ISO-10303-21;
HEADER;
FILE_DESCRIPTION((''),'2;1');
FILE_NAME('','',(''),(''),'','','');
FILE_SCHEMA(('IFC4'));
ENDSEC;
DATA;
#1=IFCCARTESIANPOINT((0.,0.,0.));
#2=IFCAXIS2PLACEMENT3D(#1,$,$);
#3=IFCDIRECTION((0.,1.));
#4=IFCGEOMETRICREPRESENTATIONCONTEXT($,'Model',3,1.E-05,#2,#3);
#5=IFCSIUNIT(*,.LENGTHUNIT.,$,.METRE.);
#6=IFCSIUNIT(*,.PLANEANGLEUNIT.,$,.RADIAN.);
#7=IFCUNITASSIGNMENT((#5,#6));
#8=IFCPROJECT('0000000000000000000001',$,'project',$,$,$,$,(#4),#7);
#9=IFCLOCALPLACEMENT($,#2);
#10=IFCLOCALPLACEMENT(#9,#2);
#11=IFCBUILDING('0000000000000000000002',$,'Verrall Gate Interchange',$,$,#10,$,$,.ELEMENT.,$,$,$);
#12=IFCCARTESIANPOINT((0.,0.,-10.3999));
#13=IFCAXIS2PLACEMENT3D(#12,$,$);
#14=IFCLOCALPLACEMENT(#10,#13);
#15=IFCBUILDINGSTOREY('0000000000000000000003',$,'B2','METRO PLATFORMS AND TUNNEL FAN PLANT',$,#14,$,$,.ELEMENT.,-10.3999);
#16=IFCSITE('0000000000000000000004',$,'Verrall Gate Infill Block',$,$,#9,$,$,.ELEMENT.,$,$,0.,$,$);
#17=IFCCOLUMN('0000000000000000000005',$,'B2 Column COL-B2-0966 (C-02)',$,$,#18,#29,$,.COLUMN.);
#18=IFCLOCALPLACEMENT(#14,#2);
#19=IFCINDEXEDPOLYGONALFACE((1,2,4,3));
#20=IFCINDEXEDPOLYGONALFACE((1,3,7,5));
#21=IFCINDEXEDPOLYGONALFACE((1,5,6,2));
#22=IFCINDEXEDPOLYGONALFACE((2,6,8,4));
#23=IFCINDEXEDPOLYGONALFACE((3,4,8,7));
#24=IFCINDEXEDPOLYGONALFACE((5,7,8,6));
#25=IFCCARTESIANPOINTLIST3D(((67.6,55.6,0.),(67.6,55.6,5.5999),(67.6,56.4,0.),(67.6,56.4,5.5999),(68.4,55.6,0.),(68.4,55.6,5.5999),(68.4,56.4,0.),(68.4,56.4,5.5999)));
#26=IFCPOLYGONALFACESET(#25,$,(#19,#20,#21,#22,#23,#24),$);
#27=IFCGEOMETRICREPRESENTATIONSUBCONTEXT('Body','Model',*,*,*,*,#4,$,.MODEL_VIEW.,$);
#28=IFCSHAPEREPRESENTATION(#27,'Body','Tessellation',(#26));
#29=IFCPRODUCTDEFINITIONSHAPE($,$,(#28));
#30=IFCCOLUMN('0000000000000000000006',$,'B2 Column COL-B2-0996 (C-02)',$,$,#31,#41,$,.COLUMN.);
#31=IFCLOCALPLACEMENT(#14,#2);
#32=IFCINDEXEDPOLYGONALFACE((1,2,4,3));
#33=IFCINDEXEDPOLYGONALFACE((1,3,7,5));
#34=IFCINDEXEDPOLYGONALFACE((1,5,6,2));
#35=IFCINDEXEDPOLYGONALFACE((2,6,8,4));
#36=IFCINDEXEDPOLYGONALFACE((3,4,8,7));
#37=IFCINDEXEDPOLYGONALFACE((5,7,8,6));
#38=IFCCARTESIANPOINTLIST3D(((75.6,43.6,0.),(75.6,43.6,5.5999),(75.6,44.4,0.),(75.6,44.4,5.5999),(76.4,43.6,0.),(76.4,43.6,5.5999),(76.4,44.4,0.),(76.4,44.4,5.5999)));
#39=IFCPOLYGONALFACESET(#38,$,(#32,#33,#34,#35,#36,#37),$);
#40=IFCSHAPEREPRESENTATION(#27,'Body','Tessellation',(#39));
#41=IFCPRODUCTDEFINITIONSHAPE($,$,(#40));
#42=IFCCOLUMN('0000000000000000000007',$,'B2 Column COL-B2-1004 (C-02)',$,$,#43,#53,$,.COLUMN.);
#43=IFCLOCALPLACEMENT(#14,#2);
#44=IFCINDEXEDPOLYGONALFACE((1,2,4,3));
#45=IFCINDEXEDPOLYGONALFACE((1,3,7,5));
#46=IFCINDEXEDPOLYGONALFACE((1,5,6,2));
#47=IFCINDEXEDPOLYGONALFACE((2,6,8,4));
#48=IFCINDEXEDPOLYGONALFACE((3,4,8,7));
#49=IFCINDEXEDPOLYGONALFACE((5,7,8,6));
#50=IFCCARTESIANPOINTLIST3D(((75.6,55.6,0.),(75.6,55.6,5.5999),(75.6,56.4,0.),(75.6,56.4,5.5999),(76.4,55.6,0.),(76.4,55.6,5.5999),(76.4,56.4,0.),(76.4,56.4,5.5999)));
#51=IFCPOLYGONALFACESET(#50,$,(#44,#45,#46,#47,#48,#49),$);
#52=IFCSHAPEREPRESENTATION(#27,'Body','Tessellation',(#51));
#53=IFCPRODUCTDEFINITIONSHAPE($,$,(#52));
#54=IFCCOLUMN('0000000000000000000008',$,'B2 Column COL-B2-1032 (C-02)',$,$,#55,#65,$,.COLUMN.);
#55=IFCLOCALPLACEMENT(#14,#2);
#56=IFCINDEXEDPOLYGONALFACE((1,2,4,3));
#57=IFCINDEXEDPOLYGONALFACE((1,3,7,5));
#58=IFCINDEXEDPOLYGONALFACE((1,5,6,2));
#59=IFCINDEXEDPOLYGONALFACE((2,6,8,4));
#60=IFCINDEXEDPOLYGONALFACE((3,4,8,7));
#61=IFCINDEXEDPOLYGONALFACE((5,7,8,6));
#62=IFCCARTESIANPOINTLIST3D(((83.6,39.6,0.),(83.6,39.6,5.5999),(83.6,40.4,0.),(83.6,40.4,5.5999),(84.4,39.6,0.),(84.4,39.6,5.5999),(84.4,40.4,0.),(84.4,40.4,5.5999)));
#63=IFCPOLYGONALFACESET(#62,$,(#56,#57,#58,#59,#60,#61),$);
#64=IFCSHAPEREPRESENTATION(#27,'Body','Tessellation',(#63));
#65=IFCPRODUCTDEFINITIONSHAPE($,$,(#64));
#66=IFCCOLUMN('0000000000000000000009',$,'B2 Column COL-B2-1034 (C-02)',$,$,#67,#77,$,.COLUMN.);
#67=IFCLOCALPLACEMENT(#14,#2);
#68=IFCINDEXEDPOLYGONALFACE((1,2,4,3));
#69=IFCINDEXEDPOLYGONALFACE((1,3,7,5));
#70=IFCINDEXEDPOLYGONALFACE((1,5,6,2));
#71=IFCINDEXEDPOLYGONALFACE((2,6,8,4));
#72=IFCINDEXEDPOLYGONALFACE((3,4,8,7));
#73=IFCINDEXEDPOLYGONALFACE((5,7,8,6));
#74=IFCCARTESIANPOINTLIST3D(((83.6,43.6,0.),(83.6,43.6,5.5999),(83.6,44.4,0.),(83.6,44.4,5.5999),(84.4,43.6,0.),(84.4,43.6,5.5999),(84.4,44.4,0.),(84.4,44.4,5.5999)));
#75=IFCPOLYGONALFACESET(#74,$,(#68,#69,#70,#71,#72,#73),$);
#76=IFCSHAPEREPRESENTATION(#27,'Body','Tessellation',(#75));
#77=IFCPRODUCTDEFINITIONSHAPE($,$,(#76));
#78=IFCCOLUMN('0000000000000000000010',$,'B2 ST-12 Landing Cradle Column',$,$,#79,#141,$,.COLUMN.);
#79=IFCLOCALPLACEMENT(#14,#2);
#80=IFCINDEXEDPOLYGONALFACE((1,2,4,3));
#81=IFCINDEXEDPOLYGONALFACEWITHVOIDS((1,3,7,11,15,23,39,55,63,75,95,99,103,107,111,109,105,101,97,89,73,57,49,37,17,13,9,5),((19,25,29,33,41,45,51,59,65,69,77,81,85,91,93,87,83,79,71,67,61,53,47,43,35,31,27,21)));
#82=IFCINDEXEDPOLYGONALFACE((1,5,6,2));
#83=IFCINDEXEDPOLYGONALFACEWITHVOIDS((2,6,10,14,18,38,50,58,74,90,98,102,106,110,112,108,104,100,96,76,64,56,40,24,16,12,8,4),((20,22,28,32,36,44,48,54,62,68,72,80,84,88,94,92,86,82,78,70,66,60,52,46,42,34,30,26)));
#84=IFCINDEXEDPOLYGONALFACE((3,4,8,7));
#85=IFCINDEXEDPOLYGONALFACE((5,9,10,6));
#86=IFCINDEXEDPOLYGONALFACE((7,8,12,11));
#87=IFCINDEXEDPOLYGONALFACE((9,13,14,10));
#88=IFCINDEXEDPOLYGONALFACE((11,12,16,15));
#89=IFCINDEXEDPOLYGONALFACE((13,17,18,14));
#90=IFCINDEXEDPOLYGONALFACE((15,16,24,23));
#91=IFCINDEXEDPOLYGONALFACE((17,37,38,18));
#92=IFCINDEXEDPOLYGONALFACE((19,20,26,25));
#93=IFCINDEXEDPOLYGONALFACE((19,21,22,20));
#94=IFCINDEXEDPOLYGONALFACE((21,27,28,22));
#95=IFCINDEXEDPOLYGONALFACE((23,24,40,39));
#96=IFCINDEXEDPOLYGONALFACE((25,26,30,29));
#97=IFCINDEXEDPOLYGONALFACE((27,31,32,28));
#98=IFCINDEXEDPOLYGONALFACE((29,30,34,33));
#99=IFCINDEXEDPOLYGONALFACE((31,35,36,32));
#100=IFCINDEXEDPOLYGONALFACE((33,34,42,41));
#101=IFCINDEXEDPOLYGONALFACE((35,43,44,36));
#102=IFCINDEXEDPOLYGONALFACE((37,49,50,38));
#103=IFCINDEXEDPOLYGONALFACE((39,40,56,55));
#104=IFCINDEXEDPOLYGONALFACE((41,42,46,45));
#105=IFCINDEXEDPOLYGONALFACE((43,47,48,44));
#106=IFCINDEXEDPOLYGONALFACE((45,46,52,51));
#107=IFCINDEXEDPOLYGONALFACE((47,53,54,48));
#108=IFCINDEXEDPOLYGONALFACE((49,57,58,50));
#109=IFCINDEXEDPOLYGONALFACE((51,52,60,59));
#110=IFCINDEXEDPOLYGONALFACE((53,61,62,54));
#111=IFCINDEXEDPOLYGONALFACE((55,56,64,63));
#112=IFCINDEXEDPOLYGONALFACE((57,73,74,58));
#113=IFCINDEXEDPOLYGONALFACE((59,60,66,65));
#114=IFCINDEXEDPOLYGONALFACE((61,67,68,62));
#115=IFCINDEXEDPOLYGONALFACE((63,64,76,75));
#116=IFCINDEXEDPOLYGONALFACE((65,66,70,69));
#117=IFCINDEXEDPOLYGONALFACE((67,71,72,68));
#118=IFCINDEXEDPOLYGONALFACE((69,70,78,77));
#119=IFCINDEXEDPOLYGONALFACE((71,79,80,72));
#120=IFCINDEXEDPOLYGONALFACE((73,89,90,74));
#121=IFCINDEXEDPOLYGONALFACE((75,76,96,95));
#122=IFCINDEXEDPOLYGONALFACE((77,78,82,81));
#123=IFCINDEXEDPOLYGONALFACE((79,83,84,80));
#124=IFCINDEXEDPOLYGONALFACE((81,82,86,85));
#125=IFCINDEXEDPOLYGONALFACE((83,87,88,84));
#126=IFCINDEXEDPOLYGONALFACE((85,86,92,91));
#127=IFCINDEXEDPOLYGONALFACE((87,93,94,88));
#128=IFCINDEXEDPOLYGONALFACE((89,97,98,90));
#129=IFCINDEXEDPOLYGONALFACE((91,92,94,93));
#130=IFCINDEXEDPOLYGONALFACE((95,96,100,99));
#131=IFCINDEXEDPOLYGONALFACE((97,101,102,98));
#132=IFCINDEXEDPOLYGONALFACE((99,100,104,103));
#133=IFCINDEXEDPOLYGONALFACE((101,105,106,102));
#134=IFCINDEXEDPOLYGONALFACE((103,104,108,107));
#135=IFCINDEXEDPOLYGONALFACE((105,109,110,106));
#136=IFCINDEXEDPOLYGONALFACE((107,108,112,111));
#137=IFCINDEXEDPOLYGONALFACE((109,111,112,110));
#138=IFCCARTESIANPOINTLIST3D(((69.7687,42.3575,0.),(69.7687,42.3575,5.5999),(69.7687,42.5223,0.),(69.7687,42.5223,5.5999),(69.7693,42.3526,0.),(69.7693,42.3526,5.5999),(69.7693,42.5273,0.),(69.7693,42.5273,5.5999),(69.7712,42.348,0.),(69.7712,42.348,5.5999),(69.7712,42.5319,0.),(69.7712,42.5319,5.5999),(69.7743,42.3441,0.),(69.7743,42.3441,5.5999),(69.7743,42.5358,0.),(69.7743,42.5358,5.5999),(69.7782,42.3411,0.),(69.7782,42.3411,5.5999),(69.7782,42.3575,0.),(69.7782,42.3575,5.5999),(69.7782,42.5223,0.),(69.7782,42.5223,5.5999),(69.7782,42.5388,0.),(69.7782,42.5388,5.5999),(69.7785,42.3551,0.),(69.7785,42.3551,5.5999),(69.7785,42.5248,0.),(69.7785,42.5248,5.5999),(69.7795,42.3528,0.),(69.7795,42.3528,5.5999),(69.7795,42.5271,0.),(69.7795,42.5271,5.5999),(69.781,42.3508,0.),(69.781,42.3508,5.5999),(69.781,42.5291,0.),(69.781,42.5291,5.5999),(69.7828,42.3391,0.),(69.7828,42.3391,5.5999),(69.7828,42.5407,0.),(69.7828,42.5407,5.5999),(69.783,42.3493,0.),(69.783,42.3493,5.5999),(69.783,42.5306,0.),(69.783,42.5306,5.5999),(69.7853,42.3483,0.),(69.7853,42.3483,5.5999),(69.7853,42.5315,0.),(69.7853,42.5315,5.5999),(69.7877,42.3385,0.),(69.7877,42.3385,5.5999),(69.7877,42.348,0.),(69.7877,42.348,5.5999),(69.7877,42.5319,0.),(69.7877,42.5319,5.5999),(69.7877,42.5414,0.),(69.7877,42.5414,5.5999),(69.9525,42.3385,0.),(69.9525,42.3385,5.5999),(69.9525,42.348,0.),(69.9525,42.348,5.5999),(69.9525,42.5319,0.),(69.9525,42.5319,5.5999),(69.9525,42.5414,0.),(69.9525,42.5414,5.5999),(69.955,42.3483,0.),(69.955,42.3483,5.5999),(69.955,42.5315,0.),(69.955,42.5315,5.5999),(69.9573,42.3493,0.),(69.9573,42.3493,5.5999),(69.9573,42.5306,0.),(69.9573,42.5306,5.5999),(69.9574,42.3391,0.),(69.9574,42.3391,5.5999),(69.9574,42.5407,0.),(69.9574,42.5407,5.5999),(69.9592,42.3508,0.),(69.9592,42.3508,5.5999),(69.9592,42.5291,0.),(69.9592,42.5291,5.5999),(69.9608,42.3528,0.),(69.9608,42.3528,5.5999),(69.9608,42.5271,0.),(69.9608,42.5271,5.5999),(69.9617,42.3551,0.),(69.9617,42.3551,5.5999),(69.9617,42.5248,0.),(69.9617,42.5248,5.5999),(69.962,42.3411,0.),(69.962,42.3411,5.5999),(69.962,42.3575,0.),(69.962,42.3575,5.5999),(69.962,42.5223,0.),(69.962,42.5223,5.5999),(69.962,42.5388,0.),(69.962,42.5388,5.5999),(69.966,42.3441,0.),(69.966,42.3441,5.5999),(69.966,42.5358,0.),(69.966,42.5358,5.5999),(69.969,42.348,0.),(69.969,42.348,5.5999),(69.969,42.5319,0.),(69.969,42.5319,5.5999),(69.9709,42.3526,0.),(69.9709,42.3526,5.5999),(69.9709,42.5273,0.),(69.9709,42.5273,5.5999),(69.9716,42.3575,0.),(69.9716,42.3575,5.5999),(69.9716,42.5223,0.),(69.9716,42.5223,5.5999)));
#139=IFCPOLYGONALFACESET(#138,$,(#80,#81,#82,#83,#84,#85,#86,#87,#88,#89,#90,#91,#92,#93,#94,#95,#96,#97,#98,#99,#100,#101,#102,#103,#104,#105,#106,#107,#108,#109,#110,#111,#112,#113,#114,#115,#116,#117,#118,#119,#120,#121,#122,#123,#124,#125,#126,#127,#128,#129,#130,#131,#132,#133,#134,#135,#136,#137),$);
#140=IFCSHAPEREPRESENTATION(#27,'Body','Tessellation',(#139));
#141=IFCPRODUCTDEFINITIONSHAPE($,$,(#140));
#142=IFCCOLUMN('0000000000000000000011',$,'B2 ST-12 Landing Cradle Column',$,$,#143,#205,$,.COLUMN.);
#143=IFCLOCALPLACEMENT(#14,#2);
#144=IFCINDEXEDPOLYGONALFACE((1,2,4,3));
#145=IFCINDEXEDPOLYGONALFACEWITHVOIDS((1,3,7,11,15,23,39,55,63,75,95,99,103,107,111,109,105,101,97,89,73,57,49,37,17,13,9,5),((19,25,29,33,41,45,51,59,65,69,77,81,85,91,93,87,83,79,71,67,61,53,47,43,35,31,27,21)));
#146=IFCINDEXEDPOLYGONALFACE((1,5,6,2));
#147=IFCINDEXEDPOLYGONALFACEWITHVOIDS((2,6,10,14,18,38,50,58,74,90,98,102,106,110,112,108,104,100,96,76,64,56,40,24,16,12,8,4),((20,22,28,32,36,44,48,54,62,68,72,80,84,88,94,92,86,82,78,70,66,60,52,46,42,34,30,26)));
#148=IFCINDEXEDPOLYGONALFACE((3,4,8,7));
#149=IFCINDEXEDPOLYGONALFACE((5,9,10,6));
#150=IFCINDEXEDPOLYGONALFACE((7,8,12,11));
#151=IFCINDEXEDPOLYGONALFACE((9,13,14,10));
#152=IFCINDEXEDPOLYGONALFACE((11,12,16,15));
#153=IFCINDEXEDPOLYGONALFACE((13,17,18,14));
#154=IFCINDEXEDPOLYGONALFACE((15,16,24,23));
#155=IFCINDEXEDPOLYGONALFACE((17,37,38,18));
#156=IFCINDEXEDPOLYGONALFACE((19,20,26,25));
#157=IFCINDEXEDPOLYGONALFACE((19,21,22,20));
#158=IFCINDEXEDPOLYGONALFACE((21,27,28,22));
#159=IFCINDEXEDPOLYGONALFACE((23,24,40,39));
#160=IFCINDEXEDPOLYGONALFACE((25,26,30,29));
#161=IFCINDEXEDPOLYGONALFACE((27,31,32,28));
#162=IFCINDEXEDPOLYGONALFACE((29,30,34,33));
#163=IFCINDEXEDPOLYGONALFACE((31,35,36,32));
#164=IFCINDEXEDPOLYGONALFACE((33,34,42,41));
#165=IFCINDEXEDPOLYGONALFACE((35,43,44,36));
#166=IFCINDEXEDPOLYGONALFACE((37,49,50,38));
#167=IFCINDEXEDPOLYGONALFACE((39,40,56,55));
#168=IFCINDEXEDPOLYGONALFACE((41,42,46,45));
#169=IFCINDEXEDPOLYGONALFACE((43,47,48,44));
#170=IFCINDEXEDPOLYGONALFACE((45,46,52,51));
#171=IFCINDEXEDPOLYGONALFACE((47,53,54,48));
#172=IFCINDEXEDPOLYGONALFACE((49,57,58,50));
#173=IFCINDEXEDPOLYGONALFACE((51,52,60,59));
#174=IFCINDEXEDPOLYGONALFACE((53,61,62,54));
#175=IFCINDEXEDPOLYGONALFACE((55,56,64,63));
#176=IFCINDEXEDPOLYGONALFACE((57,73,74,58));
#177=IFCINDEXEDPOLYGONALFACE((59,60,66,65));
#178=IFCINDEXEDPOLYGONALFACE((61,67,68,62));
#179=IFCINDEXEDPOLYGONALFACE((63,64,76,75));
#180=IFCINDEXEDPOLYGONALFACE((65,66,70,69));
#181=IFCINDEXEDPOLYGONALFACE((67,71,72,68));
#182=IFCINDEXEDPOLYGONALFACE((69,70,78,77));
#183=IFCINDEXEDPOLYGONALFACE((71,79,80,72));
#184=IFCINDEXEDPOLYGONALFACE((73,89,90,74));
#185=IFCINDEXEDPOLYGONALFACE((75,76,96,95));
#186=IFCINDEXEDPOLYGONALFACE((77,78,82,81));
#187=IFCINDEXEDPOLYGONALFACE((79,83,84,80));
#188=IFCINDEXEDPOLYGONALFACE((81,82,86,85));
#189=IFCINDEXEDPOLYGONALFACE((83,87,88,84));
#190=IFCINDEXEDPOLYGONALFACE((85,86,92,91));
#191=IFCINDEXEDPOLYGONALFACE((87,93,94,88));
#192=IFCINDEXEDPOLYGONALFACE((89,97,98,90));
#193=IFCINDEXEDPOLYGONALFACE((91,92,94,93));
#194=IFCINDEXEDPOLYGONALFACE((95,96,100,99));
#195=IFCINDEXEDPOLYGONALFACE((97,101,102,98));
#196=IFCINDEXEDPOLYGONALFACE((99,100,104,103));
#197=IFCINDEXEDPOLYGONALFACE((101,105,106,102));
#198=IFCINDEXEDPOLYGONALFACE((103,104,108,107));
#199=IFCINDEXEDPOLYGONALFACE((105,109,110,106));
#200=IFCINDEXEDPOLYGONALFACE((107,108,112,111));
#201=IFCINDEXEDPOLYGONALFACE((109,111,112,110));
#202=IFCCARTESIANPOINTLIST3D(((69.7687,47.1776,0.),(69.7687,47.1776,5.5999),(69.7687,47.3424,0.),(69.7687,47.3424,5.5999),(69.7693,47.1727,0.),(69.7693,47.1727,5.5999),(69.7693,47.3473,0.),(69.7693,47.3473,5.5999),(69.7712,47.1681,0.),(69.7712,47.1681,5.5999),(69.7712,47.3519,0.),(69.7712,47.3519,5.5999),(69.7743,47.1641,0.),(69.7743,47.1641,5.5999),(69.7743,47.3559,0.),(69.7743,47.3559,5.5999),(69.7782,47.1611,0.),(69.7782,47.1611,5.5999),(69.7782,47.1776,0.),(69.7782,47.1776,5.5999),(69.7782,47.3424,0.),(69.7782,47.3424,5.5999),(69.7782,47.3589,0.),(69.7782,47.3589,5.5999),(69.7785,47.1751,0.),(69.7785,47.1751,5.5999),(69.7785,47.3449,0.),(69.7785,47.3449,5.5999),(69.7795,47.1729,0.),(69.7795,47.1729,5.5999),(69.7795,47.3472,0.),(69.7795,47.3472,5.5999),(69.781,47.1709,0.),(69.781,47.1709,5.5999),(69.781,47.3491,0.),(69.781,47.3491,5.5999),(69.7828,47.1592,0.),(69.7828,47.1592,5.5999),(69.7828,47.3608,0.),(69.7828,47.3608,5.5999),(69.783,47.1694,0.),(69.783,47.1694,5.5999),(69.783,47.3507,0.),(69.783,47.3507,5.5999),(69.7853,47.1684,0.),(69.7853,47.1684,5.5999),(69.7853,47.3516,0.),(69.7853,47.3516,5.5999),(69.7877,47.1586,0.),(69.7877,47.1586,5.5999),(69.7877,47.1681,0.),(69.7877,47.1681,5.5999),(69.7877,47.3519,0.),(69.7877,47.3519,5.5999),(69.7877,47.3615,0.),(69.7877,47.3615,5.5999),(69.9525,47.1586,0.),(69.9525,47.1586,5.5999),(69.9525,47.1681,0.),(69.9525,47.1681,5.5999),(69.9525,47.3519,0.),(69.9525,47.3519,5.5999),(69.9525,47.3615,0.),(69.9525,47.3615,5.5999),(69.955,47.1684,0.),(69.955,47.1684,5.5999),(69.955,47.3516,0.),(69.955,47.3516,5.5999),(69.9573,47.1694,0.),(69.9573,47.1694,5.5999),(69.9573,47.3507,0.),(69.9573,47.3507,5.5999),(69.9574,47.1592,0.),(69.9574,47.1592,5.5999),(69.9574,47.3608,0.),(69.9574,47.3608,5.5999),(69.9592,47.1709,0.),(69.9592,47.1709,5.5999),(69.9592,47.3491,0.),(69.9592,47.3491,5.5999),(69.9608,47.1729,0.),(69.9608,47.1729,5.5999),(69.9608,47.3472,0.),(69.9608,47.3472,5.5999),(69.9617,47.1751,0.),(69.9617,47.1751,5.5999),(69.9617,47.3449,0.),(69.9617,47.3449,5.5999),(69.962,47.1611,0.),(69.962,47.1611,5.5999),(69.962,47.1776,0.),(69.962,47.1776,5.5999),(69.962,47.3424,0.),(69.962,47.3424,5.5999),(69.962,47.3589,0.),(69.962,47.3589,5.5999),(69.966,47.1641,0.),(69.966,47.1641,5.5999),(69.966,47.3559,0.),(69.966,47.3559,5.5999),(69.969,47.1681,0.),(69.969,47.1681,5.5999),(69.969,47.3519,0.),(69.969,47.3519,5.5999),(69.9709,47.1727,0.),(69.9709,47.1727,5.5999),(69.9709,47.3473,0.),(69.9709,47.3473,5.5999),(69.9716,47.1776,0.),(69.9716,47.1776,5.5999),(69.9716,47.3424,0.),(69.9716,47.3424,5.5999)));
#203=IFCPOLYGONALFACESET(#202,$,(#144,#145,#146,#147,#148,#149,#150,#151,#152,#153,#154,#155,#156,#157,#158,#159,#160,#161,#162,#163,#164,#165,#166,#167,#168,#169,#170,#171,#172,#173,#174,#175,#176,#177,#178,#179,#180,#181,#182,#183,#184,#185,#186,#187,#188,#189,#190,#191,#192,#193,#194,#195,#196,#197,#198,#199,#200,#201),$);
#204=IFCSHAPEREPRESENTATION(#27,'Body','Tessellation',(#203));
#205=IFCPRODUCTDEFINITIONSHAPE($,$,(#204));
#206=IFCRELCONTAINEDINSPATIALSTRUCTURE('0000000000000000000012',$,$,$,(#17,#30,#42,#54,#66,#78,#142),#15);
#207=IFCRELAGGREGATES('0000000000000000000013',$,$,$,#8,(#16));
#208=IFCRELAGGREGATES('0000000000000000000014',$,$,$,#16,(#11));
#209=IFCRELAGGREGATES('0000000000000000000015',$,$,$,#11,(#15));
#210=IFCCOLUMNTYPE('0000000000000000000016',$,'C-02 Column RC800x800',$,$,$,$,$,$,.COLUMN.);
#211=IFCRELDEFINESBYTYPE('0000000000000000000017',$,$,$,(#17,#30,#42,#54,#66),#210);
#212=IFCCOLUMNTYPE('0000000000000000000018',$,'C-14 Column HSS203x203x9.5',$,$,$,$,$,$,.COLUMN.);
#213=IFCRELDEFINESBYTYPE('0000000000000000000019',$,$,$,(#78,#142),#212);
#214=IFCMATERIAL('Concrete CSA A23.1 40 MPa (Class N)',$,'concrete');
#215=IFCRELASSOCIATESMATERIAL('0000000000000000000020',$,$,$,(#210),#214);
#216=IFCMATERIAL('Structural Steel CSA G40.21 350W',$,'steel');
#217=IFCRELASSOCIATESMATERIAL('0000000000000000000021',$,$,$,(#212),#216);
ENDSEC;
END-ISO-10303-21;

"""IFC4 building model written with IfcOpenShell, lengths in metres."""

from ifc_helpers import new_model, si_unit, direction, frame, origin, origin_2d, place, context, subcontext, project, spatial, rectangle, hollow_rectangle, extrude, material, material_profile, profile_set, type_object, element, save


model = new_model("IFC4")

# Units and contexts
model_context = context("Model", 3, precision=1e-05, world=origin(), true_north=direction((0.0, 1.0)))
body_context = subcontext(model_context, "Body", "Model", "MODEL_VIEW")
ifc_project = project(units=[si_unit("LENGTHUNIT", "METRE"), si_unit("PLANEANGLEUNIT", "RADIAN")], contexts=[model_context])

# Site, building, storey
site_placement = place(None, origin())
site = spatial("IfcSite", under=ifc_project, at=site_placement, Name="Verrall Gate Infill Block", CompositionType="ELEMENT", RefElevation=0.0)
building_placement = place(site_placement, origin())
building = spatial("IfcBuilding", under=site, at=building_placement, Name="Verrall Gate Interchange", CompositionType="ELEMENT")
storey_placement = place(building_placement, frame((0.0, 0.0, -10.3999)))
storey = spatial("IfcBuildingStorey", under=building, at=storey_placement, Name="B2", Description="METRO PLATFORMS AND TUNNEL FAN PLANT", CompositionType="ELEMENT", Elevation=-10.3999)

# Columns
ifc_material_1 = material(Name="Concrete CSA A23.1 40 MPa (Class N)", Category="concrete")
ifc_material_profile_1 = material_profile(ifc_material_1, rectangle(XDim=0.8, YDim=0.8, at=origin_2d()), Name="RC800x800")
ifc_profile_set_1 = profile_set([ifc_material_profile_1], Name="Concrete CSA A23.1 40 MPa (Class N)")
column_type_1 = type_object("IfcColumnType", Name="C-02 Column RC800x800", PredefinedType="COLUMN", material=ifc_profile_set_1)
for number, where, z_axis, x_axis, name in (
    (1, (68.0, 56.0, 0.0), (0.0, 0.0, 1.0), (1.0, 0.0, 0.0), "B2 Column COL-B2-0966 (C-02)"),
    (2, (76.0, 44.0, 0.0), (0.0, 0.0, 1.0), (1.0, 0.0, 0.0), "B2 Column COL-B2-0996 (C-02)"),
    (3, (76.0, 56.0, 0.0), (0.0, 0.0, 1.0), (1.0, 0.0, 0.0), "B2 Column COL-B2-1004 (C-02)"),
    (4, (84.0, 40.0, 0.0), (0.0, 0.0, 1.0), (1.0, 0.0, 0.0), "B2 Column COL-B2-1032 (C-02)"),
    (5, (84.0, 44.0, 0.0), (0.0, 0.0, 1.0), (1.0, 0.0, 0.0), "B2 Column COL-B2-1034 (C-02)"),
):
    element("IfcColumn", number, at=place(storey_placement, frame(where, z_axis=z_axis, x_axis=x_axis)), inside=storey, type_object=column_type_1, Name=name, PredefinedType="COLUMN", context=body_context, shape_type="SweptSolid", body=[
        extrude(rectangle(XDim=0.8, YDim=0.8, at=origin_2d()), origin(), (0.0, 0.0, 1.0), 5.5999),
    ])
ifc_material_2 = material(Name="Structural Steel CSA G40.21 350W", Category="steel")
ifc_material_profile_2 = material_profile(ifc_material_2, hollow_rectangle(XDim=0.2029, YDim=0.2029, WallThickness=0.0095, InnerFilletRadius=0.0095, OuterFilletRadius=0.019, at=origin_2d()), Name="HSS203x203x9.5")
ifc_profile_set_2 = profile_set([ifc_material_profile_2], Name="Structural Steel CSA G40.21 350W")
column_type_2 = type_object("IfcColumnType", Name="C-14 Column HSS203x203x9.5", PredefinedType="COLUMN", material=ifc_profile_set_2)
for number, where, z_axis, x_axis, name in (
    (6, (69.8701, 42.4399, 0.0), (0.0, 0.0, 1.0), (1.0, 0.0, 0.0), "B2 ST-12 Landing Cradle Column"),
    (7, (69.8701, 47.26, 0.0), (0.0, 0.0, 1.0), (1.0, 0.0, 0.0), "B2 ST-12 Landing Cradle Column"),
):
    element("IfcColumn", number, at=place(storey_placement, frame(where, z_axis=z_axis, x_axis=x_axis)), inside=storey, type_object=column_type_2, Name=name, PredefinedType="COLUMN", context=body_context, shape_type="SweptSolid", body=[
        extrude(hollow_rectangle(XDim=0.2029, YDim=0.2029, WallThickness=0.0095, InnerFilletRadius=0.0095, OuterFilletRadius=0.019, at=origin_2d()), origin(), (0.0, 0.0, 1.0), 5.5999),
    ])

save(model, "model.ifc")
